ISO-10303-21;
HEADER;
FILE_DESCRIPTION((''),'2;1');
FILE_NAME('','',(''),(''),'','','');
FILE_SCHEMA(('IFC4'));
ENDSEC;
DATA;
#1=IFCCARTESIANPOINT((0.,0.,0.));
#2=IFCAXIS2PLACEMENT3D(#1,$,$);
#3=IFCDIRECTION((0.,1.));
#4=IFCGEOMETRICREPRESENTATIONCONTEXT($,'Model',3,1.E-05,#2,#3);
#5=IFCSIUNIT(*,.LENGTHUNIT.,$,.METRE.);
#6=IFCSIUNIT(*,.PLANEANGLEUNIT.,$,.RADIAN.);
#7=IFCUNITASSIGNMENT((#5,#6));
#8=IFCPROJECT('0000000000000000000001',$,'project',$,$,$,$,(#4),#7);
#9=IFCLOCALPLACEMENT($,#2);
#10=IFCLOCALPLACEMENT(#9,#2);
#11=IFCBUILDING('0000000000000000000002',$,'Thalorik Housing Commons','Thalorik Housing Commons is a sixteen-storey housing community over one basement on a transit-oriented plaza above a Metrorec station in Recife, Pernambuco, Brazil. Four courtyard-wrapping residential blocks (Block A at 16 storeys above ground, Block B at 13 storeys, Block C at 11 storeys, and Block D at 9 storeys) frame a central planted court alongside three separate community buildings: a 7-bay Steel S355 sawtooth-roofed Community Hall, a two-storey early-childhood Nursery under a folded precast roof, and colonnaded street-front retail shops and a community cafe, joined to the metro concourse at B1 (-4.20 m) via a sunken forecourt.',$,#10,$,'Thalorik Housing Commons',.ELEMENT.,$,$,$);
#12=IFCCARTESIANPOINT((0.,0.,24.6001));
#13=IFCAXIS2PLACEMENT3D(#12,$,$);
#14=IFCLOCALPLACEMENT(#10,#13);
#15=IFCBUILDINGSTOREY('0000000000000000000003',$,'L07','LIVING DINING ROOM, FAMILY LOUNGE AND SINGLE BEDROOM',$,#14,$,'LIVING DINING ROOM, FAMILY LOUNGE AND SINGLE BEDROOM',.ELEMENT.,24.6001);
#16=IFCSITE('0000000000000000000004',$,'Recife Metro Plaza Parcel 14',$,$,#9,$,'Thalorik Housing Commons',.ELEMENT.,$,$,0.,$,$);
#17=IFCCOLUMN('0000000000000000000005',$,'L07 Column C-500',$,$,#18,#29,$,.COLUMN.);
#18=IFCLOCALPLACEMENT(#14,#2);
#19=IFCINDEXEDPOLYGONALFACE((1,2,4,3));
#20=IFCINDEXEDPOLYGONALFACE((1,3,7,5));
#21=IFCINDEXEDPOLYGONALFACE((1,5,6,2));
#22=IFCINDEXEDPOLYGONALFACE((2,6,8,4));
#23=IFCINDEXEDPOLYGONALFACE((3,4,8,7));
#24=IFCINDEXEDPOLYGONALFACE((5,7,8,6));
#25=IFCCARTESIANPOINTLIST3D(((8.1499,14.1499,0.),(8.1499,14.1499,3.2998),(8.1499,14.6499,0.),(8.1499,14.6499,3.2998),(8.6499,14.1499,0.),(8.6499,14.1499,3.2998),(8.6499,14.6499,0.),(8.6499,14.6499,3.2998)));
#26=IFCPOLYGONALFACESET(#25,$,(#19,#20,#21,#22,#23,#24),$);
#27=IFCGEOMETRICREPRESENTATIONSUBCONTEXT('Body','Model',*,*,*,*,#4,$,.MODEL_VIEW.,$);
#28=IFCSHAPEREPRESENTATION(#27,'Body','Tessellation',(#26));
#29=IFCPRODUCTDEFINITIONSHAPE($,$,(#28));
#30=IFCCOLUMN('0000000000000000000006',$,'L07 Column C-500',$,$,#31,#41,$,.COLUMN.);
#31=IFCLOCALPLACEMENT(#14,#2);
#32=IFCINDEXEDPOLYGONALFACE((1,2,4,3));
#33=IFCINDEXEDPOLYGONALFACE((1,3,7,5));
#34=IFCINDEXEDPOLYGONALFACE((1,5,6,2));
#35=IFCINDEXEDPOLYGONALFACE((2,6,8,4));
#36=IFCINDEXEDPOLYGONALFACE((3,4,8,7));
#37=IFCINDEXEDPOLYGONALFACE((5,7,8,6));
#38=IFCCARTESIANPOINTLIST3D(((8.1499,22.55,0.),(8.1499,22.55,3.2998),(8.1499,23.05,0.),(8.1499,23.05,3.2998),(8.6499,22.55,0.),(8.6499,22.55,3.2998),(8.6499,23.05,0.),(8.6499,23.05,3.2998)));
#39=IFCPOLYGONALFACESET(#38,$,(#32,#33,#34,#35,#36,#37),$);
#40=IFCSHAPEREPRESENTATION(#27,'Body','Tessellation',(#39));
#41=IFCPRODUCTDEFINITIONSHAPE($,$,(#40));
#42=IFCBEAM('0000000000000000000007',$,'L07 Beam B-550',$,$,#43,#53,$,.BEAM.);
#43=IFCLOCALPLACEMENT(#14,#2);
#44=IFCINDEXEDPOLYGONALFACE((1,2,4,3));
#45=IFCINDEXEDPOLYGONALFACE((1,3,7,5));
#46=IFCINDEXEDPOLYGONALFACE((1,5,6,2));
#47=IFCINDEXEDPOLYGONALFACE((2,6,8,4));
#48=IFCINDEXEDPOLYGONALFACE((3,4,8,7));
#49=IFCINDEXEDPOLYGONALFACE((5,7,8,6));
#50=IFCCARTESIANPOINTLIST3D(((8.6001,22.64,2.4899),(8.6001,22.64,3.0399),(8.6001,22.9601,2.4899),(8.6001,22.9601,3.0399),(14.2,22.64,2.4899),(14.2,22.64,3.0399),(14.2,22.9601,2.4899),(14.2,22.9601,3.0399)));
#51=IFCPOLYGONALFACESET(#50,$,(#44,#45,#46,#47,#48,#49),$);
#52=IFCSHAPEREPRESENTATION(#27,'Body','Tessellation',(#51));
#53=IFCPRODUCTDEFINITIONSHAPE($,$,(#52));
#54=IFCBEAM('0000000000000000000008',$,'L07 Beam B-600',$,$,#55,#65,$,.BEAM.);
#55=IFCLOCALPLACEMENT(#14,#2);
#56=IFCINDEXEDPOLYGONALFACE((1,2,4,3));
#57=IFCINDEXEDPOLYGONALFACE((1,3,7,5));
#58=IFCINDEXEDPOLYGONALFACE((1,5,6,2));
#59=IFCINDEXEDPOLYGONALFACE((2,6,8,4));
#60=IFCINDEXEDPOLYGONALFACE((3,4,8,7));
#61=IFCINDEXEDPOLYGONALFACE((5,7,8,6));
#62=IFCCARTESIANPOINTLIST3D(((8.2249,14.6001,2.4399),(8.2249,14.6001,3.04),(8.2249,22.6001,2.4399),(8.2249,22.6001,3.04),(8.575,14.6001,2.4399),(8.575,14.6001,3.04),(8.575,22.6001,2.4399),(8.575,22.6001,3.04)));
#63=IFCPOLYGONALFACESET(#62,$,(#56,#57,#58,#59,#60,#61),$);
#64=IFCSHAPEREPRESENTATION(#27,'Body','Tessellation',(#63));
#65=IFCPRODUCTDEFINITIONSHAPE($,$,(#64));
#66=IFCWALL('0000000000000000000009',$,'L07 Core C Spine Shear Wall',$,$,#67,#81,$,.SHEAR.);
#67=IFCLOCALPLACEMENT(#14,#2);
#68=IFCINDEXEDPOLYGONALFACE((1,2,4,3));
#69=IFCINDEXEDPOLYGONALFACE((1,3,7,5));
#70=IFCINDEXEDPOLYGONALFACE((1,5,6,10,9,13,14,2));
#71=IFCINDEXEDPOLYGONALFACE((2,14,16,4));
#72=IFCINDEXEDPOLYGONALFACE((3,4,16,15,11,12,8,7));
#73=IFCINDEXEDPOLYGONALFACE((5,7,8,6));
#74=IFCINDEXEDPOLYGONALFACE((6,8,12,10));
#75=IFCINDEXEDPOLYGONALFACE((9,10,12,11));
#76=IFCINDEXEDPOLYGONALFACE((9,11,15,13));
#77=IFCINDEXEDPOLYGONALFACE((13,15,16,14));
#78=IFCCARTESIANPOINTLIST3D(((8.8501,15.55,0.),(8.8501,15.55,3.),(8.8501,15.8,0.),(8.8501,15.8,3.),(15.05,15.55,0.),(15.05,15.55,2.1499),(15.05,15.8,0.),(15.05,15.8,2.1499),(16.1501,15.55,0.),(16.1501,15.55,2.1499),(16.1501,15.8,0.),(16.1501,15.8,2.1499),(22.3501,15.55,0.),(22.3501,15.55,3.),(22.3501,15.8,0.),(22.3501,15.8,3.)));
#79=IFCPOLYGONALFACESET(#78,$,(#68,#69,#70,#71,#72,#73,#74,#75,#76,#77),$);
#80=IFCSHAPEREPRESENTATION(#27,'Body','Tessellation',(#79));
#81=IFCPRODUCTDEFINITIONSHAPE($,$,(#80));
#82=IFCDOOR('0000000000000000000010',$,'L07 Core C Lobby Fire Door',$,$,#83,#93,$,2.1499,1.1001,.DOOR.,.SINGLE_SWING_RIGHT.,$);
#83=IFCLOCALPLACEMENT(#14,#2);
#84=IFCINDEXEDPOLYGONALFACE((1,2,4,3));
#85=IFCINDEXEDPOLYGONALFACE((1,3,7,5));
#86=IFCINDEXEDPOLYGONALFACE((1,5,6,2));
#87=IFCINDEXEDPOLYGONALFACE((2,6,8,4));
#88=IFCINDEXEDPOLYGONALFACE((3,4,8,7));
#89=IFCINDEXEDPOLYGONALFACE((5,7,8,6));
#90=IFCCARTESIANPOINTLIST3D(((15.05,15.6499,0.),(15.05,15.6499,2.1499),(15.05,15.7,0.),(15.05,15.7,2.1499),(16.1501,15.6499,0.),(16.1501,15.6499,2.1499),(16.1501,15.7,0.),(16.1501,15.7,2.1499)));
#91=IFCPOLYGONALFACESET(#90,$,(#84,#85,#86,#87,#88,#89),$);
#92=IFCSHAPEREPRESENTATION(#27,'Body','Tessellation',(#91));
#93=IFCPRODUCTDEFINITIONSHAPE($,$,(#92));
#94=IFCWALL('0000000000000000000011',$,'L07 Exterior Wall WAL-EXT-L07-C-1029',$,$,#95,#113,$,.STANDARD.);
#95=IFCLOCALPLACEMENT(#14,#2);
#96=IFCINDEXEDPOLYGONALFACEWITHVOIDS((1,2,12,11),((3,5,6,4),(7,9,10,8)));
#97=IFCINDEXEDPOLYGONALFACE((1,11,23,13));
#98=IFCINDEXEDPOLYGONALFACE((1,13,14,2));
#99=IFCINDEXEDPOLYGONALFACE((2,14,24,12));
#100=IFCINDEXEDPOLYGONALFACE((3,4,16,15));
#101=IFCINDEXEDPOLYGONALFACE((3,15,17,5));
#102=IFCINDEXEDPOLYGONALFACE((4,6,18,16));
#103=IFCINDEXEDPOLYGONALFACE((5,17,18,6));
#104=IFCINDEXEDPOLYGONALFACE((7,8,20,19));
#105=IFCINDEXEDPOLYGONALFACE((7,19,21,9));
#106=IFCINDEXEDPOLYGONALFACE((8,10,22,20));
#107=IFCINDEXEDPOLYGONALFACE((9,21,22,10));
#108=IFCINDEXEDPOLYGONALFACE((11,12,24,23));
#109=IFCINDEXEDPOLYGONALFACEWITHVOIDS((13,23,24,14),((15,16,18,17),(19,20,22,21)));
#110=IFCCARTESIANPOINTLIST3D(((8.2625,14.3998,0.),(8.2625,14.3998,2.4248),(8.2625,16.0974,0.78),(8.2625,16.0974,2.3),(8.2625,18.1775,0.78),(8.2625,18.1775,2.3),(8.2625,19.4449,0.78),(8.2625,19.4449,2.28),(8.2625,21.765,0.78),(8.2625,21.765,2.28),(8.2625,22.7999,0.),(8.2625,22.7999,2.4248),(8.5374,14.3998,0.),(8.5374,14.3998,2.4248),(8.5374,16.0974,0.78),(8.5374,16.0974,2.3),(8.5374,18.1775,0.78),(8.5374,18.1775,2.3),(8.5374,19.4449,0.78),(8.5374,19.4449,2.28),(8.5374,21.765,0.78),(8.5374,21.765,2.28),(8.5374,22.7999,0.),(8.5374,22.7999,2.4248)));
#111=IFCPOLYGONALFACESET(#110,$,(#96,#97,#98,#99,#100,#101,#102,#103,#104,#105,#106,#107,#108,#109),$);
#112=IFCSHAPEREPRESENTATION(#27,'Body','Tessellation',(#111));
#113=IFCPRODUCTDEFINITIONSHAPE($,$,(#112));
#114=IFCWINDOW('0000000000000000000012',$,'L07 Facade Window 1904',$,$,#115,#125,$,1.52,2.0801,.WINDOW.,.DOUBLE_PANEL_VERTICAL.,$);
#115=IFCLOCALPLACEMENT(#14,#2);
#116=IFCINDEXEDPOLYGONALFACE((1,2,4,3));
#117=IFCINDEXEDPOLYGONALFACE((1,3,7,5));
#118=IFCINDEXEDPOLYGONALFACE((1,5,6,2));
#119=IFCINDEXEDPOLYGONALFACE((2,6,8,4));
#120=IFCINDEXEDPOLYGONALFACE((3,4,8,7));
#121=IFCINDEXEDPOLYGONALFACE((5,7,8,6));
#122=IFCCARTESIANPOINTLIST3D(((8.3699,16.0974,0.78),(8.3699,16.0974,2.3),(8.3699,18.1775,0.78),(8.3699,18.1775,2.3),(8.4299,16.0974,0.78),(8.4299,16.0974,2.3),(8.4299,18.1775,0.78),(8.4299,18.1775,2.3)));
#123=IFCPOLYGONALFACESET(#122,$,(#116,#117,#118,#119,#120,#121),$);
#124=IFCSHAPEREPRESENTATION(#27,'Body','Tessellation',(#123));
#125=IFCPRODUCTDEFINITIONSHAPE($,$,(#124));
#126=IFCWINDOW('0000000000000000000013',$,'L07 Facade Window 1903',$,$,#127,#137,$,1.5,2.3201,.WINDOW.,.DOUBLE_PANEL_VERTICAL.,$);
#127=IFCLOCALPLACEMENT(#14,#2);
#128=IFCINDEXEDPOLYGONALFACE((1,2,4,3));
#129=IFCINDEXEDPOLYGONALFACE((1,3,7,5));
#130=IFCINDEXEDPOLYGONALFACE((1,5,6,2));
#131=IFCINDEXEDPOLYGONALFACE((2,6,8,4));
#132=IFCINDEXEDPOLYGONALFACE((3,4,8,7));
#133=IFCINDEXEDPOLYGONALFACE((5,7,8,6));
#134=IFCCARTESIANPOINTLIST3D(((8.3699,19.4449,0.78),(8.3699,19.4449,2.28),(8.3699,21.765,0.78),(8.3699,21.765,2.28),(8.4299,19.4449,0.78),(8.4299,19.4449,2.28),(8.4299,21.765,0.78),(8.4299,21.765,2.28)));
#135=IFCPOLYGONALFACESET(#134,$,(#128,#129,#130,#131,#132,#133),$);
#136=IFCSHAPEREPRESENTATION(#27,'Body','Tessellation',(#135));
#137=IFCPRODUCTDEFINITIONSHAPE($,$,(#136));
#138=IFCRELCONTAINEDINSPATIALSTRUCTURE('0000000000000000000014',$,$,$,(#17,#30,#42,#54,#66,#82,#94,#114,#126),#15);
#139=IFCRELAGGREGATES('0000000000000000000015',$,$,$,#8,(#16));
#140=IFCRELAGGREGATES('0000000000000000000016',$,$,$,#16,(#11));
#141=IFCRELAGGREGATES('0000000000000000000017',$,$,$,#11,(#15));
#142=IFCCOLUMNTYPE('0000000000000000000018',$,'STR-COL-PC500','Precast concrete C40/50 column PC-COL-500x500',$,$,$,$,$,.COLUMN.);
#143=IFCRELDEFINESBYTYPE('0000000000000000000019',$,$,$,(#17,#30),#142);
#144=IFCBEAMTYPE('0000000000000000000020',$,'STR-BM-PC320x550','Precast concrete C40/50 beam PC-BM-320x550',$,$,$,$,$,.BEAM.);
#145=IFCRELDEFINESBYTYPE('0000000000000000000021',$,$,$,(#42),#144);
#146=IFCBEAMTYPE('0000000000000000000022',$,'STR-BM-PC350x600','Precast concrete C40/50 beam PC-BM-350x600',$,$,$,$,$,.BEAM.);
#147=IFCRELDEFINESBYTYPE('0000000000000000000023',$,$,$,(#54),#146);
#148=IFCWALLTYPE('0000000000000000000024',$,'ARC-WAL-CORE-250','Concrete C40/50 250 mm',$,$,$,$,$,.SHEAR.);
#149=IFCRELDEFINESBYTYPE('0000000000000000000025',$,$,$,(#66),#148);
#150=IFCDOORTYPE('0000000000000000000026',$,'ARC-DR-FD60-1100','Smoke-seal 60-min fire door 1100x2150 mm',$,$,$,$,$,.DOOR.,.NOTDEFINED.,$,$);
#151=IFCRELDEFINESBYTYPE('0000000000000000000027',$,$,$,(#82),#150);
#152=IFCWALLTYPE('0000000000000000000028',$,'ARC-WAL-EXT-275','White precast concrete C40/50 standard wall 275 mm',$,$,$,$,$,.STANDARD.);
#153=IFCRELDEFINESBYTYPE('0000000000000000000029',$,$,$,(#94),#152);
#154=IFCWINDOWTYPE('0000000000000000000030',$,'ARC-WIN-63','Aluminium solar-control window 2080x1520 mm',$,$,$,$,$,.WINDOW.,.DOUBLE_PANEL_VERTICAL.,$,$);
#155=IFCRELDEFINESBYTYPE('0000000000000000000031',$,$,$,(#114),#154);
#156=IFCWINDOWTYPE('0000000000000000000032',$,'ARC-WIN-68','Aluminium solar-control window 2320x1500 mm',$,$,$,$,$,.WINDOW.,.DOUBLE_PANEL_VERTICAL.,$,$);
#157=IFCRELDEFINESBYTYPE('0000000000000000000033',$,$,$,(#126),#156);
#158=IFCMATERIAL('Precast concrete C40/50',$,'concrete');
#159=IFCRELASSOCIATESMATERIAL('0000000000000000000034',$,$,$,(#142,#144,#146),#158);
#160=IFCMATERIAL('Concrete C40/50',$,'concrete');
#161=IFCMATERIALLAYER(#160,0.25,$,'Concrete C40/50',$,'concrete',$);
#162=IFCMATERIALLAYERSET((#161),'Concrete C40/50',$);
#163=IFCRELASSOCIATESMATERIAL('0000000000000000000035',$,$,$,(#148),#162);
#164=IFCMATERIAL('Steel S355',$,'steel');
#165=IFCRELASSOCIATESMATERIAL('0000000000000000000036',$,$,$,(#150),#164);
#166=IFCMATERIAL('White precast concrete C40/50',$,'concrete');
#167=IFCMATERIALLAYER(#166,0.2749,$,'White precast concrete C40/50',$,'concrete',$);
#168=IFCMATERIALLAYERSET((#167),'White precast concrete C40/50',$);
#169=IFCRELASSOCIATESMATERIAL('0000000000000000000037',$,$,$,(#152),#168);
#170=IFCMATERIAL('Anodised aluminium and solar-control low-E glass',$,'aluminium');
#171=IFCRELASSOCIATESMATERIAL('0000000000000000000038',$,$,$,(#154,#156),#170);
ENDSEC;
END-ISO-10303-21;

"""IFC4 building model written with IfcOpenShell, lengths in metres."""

from ifc_helpers import new_model, si_unit, direction, frame, frame_2d, origin, origin_2d, place, context, subcontext, project, spatial, rectangle, extrude, material, layer, layer_set, material_profile, profile_set, type_object, element, fill, save


model = new_model("IFC4")

# Units and contexts
model_context = context("Model", 3, precision=1e-05, world=origin(), true_north=direction((0.0, 1.0)))
body_context = subcontext(model_context, "Body", "Model", "MODEL_VIEW")
ifc_project = project(units=[si_unit("LENGTHUNIT", "METRE"), si_unit("PLANEANGLEUNIT", "RADIAN")], contexts=[model_context])

# Site, building, storey
site_placement = place(None, origin())
site = spatial("IfcSite", under=ifc_project, at=site_placement, Name="Recife Metro Plaza Parcel 14", LongName="Thalorik Housing Commons", CompositionType="ELEMENT", RefElevation=0.0)
building_placement = place(site_placement, origin())
building = spatial("IfcBuilding", under=site, at=building_placement, Name="Thalorik Housing Commons", Description="Thalorik Housing Commons is a sixteen-storey housing community over one basement on a transit-oriented plaza above a Metrorec station in Recife, Pernambuco, Brazil. Four courtyard-wrapping residential blocks (Block A at 16 storeys above ground, Block B at 13 storeys, Block C at 11 storeys, and Block D at 9 storeys) frame a central planted court alongside three separate community buildings: a 7-bay Steel S355 sawtooth-roofed Community Hall, a two-storey early-childhood Nursery under a folded precast roof, and colonnaded street-front retail shops and a community cafe, joined to the metro concourse at B1 (-4.20 m) via a sunken forecourt.", LongName="Thalorik Housing Commons", CompositionType="ELEMENT")
storey_placement = place(building_placement, frame((0.0, 0.0, 24.6001)))
storey = spatial("IfcBuildingStorey", under=building, at=storey_placement, Name="L07", Description="LIVING DINING ROOM, FAMILY LOUNGE AND SINGLE BEDROOM", LongName="LIVING DINING ROOM, FAMILY LOUNGE AND SINGLE BEDROOM", CompositionType="ELEMENT", Elevation=24.6001)

# Columns
ifc_material_1 = material(Name="Precast concrete C40/50", Category="concrete")
ifc_material_profile_1 = material_profile(ifc_material_1, rectangle(XDim=0.5, YDim=0.5, at=origin_2d()), Name="PC 500x500", Category="concrete")
ifc_profile_set_1 = profile_set([ifc_material_profile_1], Name="Precast concrete C40/50")
column_type = type_object("IfcColumnType", Name="STR-COL-PC500", Description="Precast concrete C40/50 column PC-COL-500x500", PredefinedType="COLUMN", material=ifc_profile_set_1)
for number, where, z_axis, x_axis, name in (
    (1, (8.3999, 14.3999, 0.0), (0.0, 0.0, 1.0), (1.0, 0.0, 0.0), "L07 Column C-500"),
    (2, (8.3999, 22.8, 0.0), (0.0, 0.0, 1.0), (1.0, 0.0, 0.0), "L07 Column C-500"),
):
    element("IfcColumn", number, at=place(storey_placement, frame(where, z_axis=z_axis, x_axis=x_axis)), inside=storey, type_object=column_type, Name=name, PredefinedType="COLUMN", context=body_context, shape_type="SweptSolid", body=[
        extrude(rectangle(XDim=0.5, YDim=0.5, at=origin_2d()), origin(), (0.0, 0.0, 1.0), 3.2998),
    ])

# Beams
ifc_material_profile_2 = material_profile(ifc_material_1, rectangle(XDim=0.3201, YDim=0.55, at=origin_2d()), Name="PC 320x550", Category="concrete")
ifc_profile_set_2 = profile_set([ifc_material_profile_2], Name="Precast concrete C40/50")
beam_type_1 = type_object("IfcBeamType", Name="STR-BM-PC320x550", Description="Precast concrete C40/50 beam PC-BM-320x550", PredefinedType="BEAM", material=ifc_profile_set_2)
beam_1_placement = place(storey_placement, frame((8.6001, 22.8, 2.7649), z_axis=(1.0, 0.0, 0.0), x_axis=(0.0, 1.0, 0.0)))
element("IfcBeam", 3, at=beam_1_placement, inside=storey, type_object=beam_type_1, Name="L07 Beam B-550", PredefinedType="BEAM", context=body_context, shape_type="SweptSolid", body=[
    extrude(rectangle(XDim=0.3201, YDim=0.55, at=origin_2d()), origin(), (0.0, 0.0, 1.0), 5.5999),
])
ifc_material_profile_3 = material_profile(ifc_material_1, rectangle(XDim=0.3501, YDim=0.6001, at=origin_2d()), Name="PC 350x600", Category="concrete")
ifc_profile_set_3 = profile_set([ifc_material_profile_3], Name="Precast concrete C40/50")
beam_type_2 = type_object("IfcBeamType", Name="STR-BM-PC350x600", Description="Precast concrete C40/50 beam PC-BM-350x600", PredefinedType="BEAM", material=ifc_profile_set_3)
beam_2_placement = place(storey_placement, frame((8.3999, 14.6001, 2.74), z_axis=(0.0, 1.0, 0.0), x_axis=(-1.0, 0.0, 0.0)))
element("IfcBeam", 4, at=beam_2_placement, inside=storey, type_object=beam_type_2, Name="L07 Beam B-600", PredefinedType="BEAM", context=body_context, shape_type="SweptSolid", body=[
    extrude(rectangle(XDim=0.3501, YDim=0.6001, at=origin_2d()), origin(), (0.0, 0.0, 1.0), 8.0),
])

# Wall, opening, door
ifc_material_2 = material(Name="Concrete C40/50", Category="concrete")
ifc_layer_1 = layer(ifc_material_2, 0.25, Name="Concrete C40/50", Category="concrete")
ifc_layer_set_1 = layer_set([ifc_layer_1], Name="Concrete C40/50")
wall_type_1 = type_object("IfcWallType", Name="ARC-WAL-CORE-250", Description="Concrete C40/50 250 mm", PredefinedType="SHEAR", material=ifc_layer_set_1)
wall_1_placement = place(storey_placement, frame((8.8501, 15.675, 0.0), z_axis=(0.0, 0.0, 1.0), x_axis=(1.0, 0.0, 0.0)))
wall_1 = element("IfcWall", 5, at=wall_1_placement, inside=storey, type_object=wall_type_1, Name="L07 Core C Spine Shear Wall", PredefinedType="SHEAR", context=body_context, shape_type="SweptSolid", body=[
    extrude(rectangle(XDim=13.5, YDim=0.25, at=frame_2d((6.75, 0.0))), origin(), (0.0, 0.0, 1.0), 3.0),
])
opening_1_placement = place(wall_1_placement, frame((6.2, 0.0, 0.0)))
opening_1 = element("IfcOpeningElement", 6, at=opening_1_placement, cuts=wall_1, PredefinedType="OPENING", context=body_context, shape_type="SweptSolid", body=[
    extrude(rectangle(XDim=1.1001, YDim=2.1499, at=frame_2d((0.55, 1.075))), frame((0.0, 0.135, 0.0), z_axis=(0.0, -1.0, 0.0), x_axis=(1.0, 0.0, 0.0)), (0.0, 0.0, 1.0), 0.27),
])
ifc_material_3 = material(Name="Steel S355", Category="steel")
door_type_1 = type_object("IfcDoorType", Name="ARC-DR-FD60-1100", Description="Smoke-seal 60-min fire door 1100x2150 mm", OperationType="NOTDEFINED", PredefinedType="DOOR", material=ifc_material_3)
door_1_placement = place(opening_1_placement, origin())
door_1 = element("IfcDoor", 7, at=door_1_placement, inside=storey, type_object=door_type_1, Name="L07 Core C Lobby Fire Door", OperationType="SINGLE_SWING_RIGHT", OverallHeight=2.1499, OverallWidth=1.1001, PredefinedType="DOOR", context=body_context, shape_type="SweptSolid", body=[
    extrude(rectangle(XDim=1.1001, YDim=2.1499, at=frame_2d((0.55, 1.075))), frame((0.0, 0.0249, 0.0), z_axis=(0.0, -1.0, 0.0), x_axis=(1.0, 0.0, 0.0)), (0.0, 0.0, 1.0), 0.05),
])
fill(opening_1, door_1)

# Wall, openings, windows
ifc_material_4 = material(Name="White precast concrete C40/50", Category="concrete")
ifc_layer_2 = layer(ifc_material_4, 0.2749, Name="White precast concrete C40/50", Category="concrete")
ifc_layer_set_2 = layer_set([ifc_layer_2], Name="White precast concrete C40/50")
wall_type_2 = type_object("IfcWallType", Name="ARC-WAL-EXT-275", Description="White precast concrete C40/50 standard wall 275 mm", PredefinedType="STANDARD", material=ifc_layer_set_2)
wall_2_placement = place(storey_placement, frame((8.3999, 22.8, 0.0), z_axis=(0.0, 0.0, 1.0), x_axis=(0.0, -1.0, 0.0)))
wall_2 = element("IfcWall", 8, at=wall_2_placement, inside=storey, type_object=wall_type_2, Name="L07 Exterior Wall WAL-EXT-L07-C-1029", PredefinedType="STANDARD", context=body_context, shape_type="SweptSolid", body=[
    extrude(rectangle(XDim=8.4001, YDim=0.2749, at=frame_2d((4.2002, 0.0))), origin(), (0.0, 0.0, 1.0), 2.4248),
])
opening_2_placement = place(wall_2_placement, frame((1.0349, 0.0, 0.78)))
opening_2 = element("IfcOpeningElement", 9, at=opening_2_placement, cuts=wall_2, PredefinedType="OPENING", context=body_context, shape_type="SweptSolid", body=[
    extrude(rectangle(XDim=2.3201, YDim=1.5, at=frame_2d((1.1602, 0.75))), frame((0.0, 0.1475, 0.0), z_axis=(0.0, -1.0, 0.0), x_axis=(1.0, 0.0, 0.0)), (0.0, 0.0, 1.0), 0.2949),
])
opening_3_placement = place(wall_2_placement, frame((4.6226, 0.0, 0.78)))
opening_3 = element("IfcOpeningElement", 10, at=opening_3_placement, cuts=wall_2, PredefinedType="OPENING", context=body_context, shape_type="SweptSolid", body=[
    extrude(rectangle(XDim=2.0801, YDim=1.52, at=frame_2d((1.04, 0.76))), frame((0.0, 0.1475, 0.0), z_axis=(0.0, -1.0, 0.0), x_axis=(1.0, 0.0, 0.0)), (0.0, 0.0, 1.0), 0.2949),
])
ifc_material_5 = material(Name="Anodised aluminium and solar-control low-E glass", Category="aluminium")
window_type_1 = type_object("IfcWindowType", Name="ARC-WIN-63", Description="Aluminium solar-control window 2080x1520 mm", PartitioningType="DOUBLE_PANEL_VERTICAL", PredefinedType="WINDOW", material=ifc_material_5)
window_1_placement = place(opening_3_placement, origin())
window_1 = element("IfcWindow", 11, at=window_1_placement, inside=storey, type_object=window_type_1, Name="L07 Facade Window 1904", OverallHeight=1.52, OverallWidth=2.0801, PartitioningType="DOUBLE_PANEL_VERTICAL", PredefinedType="WINDOW", context=body_context, shape_type="SweptSolid", body=[
    extrude(rectangle(XDim=2.0801, YDim=1.52, at=frame_2d((1.04, 0.76))), frame((0.0, 0.03, 0.0), z_axis=(0.0, -1.0, 0.0), x_axis=(1.0, 0.0, 0.0)), (0.0, 0.0, 1.0), 0.0601),
])
fill(opening_3, window_1)
window_type_2 = type_object("IfcWindowType", Name="ARC-WIN-68", Description="Aluminium solar-control window 2320x1500 mm", PartitioningType="DOUBLE_PANEL_VERTICAL", PredefinedType="WINDOW", material=ifc_material_5)
window_2_placement = place(opening_2_placement, origin())
window_2 = element("IfcWindow", 12, at=window_2_placement, inside=storey, type_object=window_type_2, Name="L07 Facade Window 1903", OverallHeight=1.5, OverallWidth=2.3201, PartitioningType="DOUBLE_PANEL_VERTICAL", PredefinedType="WINDOW", context=body_context, shape_type="SweptSolid", body=[
    extrude(rectangle(XDim=2.3201, YDim=1.5, at=frame_2d((1.1602, 0.75))), frame((0.0, 0.03, 0.0), z_axis=(0.0, -1.0, 0.0), x_axis=(1.0, 0.0, 0.0)), (0.0, 0.0, 1.0), 0.0601),
])
fill(opening_2, window_2)

save(model, "model.ifc")
